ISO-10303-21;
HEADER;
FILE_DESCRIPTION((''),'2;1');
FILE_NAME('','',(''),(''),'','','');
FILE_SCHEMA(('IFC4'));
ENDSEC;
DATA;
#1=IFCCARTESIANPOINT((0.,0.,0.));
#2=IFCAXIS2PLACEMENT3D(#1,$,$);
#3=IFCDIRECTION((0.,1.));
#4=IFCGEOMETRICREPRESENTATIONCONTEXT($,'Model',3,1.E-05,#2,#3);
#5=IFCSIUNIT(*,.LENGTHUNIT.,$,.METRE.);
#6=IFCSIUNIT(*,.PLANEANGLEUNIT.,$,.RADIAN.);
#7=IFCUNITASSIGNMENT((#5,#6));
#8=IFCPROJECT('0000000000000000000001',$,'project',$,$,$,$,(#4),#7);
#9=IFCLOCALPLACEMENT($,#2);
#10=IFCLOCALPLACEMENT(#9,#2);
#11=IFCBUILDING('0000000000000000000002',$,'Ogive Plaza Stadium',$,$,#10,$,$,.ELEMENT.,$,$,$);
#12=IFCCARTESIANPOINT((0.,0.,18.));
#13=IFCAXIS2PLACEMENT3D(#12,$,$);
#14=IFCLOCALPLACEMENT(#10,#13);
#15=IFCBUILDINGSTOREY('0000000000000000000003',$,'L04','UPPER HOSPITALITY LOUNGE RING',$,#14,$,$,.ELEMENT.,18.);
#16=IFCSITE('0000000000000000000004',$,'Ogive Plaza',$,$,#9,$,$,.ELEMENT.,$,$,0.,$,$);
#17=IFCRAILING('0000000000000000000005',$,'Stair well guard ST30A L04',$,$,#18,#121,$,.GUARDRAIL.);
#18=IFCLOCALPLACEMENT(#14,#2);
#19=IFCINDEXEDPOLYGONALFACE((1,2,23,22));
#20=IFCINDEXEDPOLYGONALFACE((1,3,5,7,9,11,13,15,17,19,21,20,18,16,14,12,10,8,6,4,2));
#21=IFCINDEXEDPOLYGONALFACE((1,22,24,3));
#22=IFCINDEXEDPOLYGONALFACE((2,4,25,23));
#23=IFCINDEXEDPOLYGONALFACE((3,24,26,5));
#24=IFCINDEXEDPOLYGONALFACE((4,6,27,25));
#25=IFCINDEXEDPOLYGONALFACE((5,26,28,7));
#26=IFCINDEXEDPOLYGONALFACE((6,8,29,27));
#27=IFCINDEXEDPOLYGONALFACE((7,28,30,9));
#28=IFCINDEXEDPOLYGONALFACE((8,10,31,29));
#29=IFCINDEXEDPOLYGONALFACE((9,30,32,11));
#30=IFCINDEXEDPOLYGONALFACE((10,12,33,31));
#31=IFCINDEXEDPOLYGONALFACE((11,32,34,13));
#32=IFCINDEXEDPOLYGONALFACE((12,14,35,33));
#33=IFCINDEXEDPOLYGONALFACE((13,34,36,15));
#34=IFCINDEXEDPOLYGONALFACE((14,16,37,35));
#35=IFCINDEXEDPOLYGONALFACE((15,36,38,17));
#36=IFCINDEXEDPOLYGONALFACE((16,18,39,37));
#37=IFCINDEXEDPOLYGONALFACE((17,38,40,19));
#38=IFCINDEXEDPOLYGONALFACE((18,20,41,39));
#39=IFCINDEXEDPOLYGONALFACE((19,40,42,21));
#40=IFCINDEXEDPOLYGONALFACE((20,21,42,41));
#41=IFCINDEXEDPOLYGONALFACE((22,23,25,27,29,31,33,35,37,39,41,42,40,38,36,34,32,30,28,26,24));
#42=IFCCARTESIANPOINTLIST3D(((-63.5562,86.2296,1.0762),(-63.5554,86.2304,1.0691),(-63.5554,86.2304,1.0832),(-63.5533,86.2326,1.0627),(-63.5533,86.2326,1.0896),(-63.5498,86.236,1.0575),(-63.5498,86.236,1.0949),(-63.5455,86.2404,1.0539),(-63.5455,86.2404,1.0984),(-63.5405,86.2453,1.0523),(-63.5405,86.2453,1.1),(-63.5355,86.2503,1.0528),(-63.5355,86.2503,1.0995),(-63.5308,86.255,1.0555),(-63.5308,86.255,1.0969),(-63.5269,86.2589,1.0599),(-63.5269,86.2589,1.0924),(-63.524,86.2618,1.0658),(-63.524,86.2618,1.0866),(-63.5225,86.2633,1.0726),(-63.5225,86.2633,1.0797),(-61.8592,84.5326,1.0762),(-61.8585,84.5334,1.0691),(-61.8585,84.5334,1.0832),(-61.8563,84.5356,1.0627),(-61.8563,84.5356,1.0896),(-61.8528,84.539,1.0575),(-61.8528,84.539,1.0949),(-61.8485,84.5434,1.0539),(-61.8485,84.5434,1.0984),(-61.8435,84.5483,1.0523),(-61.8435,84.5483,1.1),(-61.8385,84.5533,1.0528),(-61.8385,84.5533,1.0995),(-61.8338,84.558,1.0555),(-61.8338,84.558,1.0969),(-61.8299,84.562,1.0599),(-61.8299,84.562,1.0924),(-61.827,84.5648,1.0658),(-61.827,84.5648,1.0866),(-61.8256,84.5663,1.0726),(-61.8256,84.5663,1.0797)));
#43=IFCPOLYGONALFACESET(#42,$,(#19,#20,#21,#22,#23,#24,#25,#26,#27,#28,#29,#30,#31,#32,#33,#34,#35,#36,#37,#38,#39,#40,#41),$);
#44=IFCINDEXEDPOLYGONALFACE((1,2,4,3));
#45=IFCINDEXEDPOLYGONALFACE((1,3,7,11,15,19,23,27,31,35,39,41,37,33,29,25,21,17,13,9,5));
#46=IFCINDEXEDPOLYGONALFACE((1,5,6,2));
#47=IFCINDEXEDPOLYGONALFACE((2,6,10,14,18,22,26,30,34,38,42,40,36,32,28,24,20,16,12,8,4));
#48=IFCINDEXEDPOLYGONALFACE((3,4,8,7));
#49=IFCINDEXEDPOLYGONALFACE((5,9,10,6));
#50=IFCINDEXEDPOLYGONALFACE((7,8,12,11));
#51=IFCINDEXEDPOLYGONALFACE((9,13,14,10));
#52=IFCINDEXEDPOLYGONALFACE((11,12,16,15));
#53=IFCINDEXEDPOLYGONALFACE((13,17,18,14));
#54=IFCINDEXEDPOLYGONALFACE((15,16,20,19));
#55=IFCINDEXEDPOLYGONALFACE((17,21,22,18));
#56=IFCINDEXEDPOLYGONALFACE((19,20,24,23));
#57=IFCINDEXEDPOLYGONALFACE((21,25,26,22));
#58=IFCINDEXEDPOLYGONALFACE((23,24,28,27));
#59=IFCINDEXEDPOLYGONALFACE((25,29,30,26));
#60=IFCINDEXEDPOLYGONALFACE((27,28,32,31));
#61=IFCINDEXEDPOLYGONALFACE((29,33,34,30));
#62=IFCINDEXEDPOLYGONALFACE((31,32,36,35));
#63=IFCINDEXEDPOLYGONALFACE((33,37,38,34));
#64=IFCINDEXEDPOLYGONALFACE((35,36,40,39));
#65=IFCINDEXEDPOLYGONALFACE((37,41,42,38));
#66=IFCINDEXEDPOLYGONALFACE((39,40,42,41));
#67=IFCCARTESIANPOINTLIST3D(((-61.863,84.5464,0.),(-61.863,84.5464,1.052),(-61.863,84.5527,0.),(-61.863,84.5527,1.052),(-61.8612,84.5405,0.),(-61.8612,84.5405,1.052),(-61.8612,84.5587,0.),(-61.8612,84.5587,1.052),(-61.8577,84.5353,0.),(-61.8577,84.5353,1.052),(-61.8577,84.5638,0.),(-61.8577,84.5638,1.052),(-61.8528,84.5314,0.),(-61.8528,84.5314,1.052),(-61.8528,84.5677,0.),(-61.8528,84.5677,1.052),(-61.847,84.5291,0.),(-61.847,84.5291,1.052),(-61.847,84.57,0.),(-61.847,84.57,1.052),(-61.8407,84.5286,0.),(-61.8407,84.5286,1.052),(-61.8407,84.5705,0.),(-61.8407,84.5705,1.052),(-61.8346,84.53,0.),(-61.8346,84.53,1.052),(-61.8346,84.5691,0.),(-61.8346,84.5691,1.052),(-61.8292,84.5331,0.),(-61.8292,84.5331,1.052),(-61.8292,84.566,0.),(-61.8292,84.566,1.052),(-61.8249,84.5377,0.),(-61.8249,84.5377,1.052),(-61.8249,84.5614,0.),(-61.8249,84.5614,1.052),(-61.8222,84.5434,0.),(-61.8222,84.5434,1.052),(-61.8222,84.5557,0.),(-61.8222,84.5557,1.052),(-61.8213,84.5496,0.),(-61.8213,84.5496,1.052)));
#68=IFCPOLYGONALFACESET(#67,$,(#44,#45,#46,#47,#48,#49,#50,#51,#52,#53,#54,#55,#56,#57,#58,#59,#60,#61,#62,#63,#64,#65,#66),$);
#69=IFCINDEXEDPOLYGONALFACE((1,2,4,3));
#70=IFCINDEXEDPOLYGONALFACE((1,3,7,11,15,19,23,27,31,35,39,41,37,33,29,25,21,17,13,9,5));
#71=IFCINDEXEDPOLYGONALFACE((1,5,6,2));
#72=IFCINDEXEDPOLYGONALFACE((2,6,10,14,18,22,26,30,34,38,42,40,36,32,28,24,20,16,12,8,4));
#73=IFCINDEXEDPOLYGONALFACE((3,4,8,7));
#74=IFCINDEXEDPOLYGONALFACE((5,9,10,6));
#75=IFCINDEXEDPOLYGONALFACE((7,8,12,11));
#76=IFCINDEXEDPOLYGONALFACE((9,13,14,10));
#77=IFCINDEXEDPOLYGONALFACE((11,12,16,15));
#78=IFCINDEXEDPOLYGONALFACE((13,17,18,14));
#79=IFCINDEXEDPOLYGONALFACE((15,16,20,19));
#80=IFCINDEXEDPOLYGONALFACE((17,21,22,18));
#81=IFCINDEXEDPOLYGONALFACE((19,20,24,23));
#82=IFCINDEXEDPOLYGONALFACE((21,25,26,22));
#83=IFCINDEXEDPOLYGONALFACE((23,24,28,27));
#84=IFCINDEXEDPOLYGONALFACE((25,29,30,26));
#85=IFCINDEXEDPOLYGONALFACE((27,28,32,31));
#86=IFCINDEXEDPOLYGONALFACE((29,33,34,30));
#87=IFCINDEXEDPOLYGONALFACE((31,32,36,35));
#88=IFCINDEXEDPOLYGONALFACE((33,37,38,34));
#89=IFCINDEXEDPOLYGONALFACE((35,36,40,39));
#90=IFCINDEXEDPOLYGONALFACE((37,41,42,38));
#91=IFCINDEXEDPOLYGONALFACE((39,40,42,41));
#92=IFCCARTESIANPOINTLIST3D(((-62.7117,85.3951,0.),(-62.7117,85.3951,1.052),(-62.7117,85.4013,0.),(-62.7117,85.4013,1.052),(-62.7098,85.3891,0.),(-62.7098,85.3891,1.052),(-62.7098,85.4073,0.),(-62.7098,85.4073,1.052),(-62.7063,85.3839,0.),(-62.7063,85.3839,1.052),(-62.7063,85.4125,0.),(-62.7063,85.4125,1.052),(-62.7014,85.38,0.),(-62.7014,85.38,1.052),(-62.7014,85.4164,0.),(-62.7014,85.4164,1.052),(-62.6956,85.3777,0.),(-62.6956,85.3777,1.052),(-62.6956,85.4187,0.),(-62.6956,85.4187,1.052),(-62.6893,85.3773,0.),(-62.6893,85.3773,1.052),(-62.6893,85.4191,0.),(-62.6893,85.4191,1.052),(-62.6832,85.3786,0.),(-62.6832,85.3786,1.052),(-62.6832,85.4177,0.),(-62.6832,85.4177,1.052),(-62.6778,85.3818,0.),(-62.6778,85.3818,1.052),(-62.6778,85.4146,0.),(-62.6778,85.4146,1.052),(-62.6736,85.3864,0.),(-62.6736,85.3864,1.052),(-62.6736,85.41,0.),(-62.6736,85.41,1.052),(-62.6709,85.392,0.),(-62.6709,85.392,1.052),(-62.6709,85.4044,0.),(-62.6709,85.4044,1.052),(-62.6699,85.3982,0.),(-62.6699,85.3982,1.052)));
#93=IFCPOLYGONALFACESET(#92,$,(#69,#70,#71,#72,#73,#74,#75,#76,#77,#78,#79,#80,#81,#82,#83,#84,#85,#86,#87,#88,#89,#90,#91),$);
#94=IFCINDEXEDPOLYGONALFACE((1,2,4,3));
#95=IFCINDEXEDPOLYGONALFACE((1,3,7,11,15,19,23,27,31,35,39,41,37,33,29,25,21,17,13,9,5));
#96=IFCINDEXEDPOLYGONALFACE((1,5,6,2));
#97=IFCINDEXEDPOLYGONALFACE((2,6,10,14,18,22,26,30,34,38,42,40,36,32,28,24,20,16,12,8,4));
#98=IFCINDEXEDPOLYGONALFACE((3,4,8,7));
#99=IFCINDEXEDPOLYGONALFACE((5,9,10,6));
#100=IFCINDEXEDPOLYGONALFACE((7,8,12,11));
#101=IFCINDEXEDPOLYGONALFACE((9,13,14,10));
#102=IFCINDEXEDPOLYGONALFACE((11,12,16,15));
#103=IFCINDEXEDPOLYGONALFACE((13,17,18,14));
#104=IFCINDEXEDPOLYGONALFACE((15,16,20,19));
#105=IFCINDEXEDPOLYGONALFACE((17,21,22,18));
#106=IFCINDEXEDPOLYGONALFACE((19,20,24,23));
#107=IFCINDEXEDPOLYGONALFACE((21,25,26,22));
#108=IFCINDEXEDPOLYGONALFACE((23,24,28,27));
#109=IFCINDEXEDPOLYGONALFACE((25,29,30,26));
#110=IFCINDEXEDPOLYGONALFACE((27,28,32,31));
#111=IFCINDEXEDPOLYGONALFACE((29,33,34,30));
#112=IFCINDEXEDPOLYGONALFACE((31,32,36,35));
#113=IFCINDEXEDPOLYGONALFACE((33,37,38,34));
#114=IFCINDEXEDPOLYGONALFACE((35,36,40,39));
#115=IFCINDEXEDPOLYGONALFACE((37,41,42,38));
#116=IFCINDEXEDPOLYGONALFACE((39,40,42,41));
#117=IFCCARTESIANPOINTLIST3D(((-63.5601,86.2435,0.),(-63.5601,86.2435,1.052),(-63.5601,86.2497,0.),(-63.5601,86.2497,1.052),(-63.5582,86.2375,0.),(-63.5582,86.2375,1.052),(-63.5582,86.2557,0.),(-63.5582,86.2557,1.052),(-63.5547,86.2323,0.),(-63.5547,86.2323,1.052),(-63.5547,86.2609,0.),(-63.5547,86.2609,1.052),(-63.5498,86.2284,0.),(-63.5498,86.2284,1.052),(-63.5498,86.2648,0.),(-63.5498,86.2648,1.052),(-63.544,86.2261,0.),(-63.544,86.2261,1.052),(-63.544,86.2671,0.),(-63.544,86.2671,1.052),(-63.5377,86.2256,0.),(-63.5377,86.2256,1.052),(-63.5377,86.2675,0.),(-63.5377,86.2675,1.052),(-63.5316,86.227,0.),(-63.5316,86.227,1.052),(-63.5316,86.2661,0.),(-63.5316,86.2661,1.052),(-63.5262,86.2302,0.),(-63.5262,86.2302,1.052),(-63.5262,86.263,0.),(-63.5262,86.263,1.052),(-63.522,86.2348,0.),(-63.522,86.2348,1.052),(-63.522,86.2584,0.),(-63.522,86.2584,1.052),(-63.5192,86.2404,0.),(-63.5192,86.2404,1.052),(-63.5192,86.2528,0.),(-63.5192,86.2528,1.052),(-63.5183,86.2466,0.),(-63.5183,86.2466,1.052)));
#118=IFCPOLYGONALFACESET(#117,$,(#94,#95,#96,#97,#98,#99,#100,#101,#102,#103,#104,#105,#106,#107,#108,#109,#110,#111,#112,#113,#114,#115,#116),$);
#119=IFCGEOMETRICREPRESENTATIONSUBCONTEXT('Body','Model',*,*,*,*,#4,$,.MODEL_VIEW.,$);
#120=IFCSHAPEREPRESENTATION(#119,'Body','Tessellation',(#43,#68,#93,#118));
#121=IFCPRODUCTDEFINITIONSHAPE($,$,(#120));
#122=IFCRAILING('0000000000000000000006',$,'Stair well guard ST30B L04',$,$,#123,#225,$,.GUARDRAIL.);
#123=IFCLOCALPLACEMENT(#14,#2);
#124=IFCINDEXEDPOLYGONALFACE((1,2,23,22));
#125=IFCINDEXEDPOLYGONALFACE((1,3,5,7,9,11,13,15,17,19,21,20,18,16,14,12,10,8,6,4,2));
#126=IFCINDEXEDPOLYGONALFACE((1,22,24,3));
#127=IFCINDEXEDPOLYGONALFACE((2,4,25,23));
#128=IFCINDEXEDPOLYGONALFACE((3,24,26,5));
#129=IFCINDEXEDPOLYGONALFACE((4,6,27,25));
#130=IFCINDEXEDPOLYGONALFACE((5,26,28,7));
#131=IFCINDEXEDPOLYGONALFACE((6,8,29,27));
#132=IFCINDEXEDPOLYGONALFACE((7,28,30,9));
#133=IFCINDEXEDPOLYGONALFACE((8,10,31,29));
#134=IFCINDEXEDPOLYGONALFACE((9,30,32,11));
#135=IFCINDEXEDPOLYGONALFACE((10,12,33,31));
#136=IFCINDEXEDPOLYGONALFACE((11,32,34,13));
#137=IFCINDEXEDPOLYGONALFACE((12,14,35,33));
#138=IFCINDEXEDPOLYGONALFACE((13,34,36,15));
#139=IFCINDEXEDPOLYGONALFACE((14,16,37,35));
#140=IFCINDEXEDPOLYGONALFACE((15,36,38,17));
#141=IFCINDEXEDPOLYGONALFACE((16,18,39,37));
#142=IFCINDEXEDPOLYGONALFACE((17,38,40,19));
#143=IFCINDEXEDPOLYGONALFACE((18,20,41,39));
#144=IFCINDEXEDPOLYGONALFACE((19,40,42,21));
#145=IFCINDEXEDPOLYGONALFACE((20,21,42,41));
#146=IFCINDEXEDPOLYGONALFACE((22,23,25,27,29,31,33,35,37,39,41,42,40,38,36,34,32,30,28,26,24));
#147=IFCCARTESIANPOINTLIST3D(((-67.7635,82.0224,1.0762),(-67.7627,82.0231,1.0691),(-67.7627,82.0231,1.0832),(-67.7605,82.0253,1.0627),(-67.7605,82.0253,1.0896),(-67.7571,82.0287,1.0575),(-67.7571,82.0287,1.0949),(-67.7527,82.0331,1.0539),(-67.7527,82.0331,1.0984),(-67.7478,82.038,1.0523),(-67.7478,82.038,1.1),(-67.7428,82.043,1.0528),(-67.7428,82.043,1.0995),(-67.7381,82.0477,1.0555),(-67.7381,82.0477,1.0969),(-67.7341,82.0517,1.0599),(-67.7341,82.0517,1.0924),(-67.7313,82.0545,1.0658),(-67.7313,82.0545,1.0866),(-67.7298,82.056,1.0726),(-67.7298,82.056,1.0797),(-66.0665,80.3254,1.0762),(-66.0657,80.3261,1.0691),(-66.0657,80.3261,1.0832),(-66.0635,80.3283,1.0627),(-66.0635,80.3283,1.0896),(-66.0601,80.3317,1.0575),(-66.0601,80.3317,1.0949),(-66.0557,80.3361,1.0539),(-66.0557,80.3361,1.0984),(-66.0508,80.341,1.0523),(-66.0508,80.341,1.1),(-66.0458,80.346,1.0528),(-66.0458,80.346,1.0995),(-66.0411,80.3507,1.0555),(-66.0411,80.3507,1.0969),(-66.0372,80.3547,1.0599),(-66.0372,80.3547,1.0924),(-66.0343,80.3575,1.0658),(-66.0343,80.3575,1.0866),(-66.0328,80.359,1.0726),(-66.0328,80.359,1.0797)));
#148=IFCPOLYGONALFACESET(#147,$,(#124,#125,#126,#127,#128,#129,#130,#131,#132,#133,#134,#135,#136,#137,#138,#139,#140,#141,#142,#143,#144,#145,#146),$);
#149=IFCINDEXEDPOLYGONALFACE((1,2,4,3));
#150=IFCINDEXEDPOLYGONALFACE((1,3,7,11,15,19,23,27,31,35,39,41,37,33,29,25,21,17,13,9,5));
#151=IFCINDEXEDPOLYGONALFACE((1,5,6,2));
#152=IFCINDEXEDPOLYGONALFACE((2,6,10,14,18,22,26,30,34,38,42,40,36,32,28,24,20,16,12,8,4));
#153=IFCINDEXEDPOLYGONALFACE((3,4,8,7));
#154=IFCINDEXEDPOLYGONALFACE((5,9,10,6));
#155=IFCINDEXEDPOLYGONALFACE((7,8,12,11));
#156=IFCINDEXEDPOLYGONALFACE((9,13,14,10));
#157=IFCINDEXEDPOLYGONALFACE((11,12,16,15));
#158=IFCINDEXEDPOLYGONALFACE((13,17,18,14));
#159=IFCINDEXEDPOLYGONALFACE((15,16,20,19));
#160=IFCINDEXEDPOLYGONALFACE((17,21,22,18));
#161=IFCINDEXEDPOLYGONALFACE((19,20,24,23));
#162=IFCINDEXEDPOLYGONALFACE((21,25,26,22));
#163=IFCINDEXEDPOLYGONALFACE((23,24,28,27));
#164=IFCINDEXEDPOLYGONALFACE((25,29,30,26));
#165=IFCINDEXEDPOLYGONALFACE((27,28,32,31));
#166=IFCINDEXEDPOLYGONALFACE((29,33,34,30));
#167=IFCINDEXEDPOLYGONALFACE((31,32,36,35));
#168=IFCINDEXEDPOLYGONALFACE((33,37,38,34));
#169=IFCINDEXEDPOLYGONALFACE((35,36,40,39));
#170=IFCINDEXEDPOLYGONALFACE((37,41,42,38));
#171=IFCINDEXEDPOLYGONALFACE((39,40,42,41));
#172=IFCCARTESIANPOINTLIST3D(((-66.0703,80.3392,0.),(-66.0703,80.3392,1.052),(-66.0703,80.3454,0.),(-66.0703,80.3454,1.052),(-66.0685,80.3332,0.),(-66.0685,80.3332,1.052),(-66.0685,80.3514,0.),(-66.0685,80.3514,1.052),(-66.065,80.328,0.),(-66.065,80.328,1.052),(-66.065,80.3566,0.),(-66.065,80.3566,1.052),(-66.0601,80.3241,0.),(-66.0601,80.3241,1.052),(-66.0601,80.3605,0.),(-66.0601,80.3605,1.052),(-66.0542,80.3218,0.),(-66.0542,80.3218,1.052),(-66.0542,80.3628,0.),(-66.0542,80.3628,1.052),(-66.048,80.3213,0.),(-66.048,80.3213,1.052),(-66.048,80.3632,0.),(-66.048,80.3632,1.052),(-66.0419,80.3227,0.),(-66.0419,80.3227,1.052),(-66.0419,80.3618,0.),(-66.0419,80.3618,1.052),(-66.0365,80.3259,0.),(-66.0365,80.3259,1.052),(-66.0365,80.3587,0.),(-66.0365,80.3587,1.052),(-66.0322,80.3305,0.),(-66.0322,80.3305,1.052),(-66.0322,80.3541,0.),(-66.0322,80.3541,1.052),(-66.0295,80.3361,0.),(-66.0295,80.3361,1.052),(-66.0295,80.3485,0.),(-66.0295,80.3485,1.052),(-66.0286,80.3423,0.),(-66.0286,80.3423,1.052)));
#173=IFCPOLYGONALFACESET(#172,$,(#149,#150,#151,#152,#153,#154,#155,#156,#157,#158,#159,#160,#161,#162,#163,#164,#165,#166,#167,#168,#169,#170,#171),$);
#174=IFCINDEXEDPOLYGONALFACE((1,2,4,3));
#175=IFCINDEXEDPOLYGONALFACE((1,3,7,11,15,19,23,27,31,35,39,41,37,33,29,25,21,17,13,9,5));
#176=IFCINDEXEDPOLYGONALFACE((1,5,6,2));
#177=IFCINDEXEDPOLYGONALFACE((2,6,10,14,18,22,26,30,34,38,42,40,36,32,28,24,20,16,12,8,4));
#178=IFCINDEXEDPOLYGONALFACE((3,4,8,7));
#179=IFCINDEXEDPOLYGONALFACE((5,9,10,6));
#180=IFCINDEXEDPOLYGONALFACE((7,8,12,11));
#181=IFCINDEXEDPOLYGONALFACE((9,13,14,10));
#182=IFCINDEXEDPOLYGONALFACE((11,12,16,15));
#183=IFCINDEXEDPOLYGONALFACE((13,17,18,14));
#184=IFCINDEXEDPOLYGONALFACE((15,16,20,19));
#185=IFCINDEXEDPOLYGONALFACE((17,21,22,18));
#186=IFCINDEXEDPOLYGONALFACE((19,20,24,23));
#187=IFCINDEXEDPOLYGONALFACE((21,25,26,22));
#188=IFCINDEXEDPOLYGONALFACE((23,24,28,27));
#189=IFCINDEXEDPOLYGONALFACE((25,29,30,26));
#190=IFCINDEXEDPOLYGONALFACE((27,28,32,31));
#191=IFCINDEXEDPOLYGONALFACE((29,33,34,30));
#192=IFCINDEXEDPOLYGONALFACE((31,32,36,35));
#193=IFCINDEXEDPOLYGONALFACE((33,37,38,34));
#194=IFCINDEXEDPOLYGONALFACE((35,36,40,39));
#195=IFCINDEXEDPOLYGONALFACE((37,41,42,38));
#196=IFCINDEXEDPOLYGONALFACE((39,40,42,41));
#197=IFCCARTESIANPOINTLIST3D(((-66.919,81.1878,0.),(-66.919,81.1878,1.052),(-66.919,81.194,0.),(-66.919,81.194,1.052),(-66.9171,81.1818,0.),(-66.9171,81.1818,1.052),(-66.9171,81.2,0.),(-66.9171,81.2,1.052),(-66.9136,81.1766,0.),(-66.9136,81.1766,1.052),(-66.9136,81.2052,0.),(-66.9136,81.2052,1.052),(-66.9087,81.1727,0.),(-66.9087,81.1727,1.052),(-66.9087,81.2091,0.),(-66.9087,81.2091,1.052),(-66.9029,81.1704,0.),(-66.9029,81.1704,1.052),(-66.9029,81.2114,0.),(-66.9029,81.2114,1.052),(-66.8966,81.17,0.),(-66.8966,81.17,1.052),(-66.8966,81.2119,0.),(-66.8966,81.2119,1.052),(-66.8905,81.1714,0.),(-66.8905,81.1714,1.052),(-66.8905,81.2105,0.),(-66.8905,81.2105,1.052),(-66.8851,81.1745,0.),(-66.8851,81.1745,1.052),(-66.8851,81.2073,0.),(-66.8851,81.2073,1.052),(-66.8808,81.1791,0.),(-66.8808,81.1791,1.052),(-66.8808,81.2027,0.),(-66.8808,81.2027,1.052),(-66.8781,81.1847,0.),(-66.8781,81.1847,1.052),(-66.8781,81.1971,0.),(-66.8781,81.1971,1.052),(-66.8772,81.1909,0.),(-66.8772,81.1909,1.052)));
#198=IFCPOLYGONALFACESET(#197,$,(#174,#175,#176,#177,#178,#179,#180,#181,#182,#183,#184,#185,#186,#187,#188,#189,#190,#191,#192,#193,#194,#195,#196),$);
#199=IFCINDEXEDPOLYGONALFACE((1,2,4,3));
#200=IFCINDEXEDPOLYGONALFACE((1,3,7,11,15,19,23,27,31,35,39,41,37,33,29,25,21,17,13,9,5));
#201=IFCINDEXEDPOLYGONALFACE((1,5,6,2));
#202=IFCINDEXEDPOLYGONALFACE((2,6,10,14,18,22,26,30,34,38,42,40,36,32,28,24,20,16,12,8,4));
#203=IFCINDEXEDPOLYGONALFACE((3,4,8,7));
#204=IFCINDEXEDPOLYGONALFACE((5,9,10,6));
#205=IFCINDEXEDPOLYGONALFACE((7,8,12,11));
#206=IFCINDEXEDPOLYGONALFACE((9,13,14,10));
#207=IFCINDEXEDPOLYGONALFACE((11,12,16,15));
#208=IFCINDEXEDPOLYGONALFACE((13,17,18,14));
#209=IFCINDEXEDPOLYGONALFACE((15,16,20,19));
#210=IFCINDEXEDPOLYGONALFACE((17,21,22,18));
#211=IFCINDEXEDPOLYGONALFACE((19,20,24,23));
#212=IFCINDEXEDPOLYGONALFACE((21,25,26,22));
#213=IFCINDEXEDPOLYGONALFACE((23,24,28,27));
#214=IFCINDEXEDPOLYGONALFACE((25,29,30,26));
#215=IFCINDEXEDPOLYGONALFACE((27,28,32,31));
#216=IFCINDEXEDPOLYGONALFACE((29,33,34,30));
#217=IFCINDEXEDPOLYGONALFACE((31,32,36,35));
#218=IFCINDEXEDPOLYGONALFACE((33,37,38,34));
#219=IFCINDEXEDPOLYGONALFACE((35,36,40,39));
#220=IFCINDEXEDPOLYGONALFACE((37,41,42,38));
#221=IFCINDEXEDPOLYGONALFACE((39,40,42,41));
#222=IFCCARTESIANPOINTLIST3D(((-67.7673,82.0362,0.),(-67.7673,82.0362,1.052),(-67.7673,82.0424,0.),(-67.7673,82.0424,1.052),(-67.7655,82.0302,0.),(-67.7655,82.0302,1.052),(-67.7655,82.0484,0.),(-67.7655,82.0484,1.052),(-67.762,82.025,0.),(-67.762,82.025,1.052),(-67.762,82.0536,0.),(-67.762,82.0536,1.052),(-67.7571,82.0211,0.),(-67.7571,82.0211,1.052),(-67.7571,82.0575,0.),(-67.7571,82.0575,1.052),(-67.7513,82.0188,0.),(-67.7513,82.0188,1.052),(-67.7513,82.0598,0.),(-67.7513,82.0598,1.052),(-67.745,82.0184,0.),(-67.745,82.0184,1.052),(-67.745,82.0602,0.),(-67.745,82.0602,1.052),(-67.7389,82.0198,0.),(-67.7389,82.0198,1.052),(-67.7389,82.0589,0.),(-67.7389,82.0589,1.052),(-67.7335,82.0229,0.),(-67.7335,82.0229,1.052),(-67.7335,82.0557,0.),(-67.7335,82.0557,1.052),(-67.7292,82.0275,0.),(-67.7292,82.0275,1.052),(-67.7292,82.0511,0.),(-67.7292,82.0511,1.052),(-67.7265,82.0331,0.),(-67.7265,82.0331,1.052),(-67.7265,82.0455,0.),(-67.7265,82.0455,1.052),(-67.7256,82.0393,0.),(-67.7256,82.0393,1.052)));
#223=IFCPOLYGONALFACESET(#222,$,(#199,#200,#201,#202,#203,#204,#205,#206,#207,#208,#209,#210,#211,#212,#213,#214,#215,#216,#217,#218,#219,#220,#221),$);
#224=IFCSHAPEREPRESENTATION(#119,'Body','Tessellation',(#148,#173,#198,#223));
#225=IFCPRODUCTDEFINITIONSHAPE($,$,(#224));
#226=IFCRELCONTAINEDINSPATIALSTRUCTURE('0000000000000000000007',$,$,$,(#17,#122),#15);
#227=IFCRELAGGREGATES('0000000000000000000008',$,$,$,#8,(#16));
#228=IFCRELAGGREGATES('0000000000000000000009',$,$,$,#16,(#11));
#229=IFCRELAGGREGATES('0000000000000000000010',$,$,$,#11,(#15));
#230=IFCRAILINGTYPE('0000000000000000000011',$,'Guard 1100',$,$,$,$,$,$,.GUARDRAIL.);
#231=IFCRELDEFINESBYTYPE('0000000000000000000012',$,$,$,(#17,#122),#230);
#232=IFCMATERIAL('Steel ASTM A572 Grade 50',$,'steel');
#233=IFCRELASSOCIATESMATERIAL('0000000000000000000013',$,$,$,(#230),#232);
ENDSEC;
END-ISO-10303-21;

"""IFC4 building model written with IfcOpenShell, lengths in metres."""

from ifc_helpers import new_model, si_unit, direction, frame, origin, origin_2d, place, context, subcontext, project, spatial, circle, extrude, material, type_object, element, save


model = new_model("IFC4")

# Units and contexts
model_context = context("Model", 3, precision=1e-05, world=origin(), true_north=direction((0.0, 1.0)))
body_context = subcontext(model_context, "Body", "Model", "MODEL_VIEW")
ifc_project = project(units=[si_unit("LENGTHUNIT", "METRE"), si_unit("PLANEANGLEUNIT", "RADIAN")], contexts=[model_context])

# Site, building, storey
site_placement = place(None, origin())
site = spatial("IfcSite", under=ifc_project, at=site_placement, Name="Ogive Plaza", CompositionType="ELEMENT", RefElevation=0.0)
building_placement = place(site_placement, origin())
building = spatial("IfcBuilding", under=site, at=building_placement, Name="Ogive Plaza Stadium", CompositionType="ELEMENT")
storey_placement = place(building_placement, frame((0.0, 0.0, 18.0)))
storey = spatial("IfcBuildingStorey", under=building, at=storey_placement, Name="L04", Description="UPPER HOSPITALITY LOUNGE RING", CompositionType="ELEMENT", Elevation=18.0)

# Railings
ifc_material_1 = material(Name="Steel ASTM A572 Grade 50", Category="steel")
railing_type_1 = type_object("IfcRailingType", Name="Guard 1100", PredefinedType="GUARDRAIL", material=ifc_material_1)
for number, where, name in (
    (1, (-61.8423, 84.5496, 0.0), "Stair well guard ST30A L04"),
    (2, (-66.0496, 80.3423, 0.0), "Stair well guard ST30B L04"),
):
    element("IfcRailing", number, at=place(storey_placement, frame(where)), inside=storey, type_object=railing_type_1, Name=name, PredefinedType="GUARDRAIL", context=body_context, shape_type="SweptSolid", body=[
        extrude(circle(Radius=0.0239, at=origin_2d()), frame((0.0, 0.0, 1.0762), z_axis=(-0.707107, 0.707107, 0.0), x_axis=(-0.707107, -0.707107, 0.0)), (0.0, 0.0, 1.0), 2.3999),
        extrude(circle(Radius=0.021, at=origin_2d()), origin(), (0.0, 0.0, 1.0), 1.052),
        extrude(circle(Radius=0.021, at=origin_2d()), frame((-0.8486, 0.8486, 0.0)), (0.0, 0.0, 1.0), 1.052),
        extrude(circle(Radius=0.021, at=origin_2d()), frame((-1.697, 1.697, 0.0)), (0.0, 0.0, 1.0), 1.052),
    ])

save(model, "model.ifc")
